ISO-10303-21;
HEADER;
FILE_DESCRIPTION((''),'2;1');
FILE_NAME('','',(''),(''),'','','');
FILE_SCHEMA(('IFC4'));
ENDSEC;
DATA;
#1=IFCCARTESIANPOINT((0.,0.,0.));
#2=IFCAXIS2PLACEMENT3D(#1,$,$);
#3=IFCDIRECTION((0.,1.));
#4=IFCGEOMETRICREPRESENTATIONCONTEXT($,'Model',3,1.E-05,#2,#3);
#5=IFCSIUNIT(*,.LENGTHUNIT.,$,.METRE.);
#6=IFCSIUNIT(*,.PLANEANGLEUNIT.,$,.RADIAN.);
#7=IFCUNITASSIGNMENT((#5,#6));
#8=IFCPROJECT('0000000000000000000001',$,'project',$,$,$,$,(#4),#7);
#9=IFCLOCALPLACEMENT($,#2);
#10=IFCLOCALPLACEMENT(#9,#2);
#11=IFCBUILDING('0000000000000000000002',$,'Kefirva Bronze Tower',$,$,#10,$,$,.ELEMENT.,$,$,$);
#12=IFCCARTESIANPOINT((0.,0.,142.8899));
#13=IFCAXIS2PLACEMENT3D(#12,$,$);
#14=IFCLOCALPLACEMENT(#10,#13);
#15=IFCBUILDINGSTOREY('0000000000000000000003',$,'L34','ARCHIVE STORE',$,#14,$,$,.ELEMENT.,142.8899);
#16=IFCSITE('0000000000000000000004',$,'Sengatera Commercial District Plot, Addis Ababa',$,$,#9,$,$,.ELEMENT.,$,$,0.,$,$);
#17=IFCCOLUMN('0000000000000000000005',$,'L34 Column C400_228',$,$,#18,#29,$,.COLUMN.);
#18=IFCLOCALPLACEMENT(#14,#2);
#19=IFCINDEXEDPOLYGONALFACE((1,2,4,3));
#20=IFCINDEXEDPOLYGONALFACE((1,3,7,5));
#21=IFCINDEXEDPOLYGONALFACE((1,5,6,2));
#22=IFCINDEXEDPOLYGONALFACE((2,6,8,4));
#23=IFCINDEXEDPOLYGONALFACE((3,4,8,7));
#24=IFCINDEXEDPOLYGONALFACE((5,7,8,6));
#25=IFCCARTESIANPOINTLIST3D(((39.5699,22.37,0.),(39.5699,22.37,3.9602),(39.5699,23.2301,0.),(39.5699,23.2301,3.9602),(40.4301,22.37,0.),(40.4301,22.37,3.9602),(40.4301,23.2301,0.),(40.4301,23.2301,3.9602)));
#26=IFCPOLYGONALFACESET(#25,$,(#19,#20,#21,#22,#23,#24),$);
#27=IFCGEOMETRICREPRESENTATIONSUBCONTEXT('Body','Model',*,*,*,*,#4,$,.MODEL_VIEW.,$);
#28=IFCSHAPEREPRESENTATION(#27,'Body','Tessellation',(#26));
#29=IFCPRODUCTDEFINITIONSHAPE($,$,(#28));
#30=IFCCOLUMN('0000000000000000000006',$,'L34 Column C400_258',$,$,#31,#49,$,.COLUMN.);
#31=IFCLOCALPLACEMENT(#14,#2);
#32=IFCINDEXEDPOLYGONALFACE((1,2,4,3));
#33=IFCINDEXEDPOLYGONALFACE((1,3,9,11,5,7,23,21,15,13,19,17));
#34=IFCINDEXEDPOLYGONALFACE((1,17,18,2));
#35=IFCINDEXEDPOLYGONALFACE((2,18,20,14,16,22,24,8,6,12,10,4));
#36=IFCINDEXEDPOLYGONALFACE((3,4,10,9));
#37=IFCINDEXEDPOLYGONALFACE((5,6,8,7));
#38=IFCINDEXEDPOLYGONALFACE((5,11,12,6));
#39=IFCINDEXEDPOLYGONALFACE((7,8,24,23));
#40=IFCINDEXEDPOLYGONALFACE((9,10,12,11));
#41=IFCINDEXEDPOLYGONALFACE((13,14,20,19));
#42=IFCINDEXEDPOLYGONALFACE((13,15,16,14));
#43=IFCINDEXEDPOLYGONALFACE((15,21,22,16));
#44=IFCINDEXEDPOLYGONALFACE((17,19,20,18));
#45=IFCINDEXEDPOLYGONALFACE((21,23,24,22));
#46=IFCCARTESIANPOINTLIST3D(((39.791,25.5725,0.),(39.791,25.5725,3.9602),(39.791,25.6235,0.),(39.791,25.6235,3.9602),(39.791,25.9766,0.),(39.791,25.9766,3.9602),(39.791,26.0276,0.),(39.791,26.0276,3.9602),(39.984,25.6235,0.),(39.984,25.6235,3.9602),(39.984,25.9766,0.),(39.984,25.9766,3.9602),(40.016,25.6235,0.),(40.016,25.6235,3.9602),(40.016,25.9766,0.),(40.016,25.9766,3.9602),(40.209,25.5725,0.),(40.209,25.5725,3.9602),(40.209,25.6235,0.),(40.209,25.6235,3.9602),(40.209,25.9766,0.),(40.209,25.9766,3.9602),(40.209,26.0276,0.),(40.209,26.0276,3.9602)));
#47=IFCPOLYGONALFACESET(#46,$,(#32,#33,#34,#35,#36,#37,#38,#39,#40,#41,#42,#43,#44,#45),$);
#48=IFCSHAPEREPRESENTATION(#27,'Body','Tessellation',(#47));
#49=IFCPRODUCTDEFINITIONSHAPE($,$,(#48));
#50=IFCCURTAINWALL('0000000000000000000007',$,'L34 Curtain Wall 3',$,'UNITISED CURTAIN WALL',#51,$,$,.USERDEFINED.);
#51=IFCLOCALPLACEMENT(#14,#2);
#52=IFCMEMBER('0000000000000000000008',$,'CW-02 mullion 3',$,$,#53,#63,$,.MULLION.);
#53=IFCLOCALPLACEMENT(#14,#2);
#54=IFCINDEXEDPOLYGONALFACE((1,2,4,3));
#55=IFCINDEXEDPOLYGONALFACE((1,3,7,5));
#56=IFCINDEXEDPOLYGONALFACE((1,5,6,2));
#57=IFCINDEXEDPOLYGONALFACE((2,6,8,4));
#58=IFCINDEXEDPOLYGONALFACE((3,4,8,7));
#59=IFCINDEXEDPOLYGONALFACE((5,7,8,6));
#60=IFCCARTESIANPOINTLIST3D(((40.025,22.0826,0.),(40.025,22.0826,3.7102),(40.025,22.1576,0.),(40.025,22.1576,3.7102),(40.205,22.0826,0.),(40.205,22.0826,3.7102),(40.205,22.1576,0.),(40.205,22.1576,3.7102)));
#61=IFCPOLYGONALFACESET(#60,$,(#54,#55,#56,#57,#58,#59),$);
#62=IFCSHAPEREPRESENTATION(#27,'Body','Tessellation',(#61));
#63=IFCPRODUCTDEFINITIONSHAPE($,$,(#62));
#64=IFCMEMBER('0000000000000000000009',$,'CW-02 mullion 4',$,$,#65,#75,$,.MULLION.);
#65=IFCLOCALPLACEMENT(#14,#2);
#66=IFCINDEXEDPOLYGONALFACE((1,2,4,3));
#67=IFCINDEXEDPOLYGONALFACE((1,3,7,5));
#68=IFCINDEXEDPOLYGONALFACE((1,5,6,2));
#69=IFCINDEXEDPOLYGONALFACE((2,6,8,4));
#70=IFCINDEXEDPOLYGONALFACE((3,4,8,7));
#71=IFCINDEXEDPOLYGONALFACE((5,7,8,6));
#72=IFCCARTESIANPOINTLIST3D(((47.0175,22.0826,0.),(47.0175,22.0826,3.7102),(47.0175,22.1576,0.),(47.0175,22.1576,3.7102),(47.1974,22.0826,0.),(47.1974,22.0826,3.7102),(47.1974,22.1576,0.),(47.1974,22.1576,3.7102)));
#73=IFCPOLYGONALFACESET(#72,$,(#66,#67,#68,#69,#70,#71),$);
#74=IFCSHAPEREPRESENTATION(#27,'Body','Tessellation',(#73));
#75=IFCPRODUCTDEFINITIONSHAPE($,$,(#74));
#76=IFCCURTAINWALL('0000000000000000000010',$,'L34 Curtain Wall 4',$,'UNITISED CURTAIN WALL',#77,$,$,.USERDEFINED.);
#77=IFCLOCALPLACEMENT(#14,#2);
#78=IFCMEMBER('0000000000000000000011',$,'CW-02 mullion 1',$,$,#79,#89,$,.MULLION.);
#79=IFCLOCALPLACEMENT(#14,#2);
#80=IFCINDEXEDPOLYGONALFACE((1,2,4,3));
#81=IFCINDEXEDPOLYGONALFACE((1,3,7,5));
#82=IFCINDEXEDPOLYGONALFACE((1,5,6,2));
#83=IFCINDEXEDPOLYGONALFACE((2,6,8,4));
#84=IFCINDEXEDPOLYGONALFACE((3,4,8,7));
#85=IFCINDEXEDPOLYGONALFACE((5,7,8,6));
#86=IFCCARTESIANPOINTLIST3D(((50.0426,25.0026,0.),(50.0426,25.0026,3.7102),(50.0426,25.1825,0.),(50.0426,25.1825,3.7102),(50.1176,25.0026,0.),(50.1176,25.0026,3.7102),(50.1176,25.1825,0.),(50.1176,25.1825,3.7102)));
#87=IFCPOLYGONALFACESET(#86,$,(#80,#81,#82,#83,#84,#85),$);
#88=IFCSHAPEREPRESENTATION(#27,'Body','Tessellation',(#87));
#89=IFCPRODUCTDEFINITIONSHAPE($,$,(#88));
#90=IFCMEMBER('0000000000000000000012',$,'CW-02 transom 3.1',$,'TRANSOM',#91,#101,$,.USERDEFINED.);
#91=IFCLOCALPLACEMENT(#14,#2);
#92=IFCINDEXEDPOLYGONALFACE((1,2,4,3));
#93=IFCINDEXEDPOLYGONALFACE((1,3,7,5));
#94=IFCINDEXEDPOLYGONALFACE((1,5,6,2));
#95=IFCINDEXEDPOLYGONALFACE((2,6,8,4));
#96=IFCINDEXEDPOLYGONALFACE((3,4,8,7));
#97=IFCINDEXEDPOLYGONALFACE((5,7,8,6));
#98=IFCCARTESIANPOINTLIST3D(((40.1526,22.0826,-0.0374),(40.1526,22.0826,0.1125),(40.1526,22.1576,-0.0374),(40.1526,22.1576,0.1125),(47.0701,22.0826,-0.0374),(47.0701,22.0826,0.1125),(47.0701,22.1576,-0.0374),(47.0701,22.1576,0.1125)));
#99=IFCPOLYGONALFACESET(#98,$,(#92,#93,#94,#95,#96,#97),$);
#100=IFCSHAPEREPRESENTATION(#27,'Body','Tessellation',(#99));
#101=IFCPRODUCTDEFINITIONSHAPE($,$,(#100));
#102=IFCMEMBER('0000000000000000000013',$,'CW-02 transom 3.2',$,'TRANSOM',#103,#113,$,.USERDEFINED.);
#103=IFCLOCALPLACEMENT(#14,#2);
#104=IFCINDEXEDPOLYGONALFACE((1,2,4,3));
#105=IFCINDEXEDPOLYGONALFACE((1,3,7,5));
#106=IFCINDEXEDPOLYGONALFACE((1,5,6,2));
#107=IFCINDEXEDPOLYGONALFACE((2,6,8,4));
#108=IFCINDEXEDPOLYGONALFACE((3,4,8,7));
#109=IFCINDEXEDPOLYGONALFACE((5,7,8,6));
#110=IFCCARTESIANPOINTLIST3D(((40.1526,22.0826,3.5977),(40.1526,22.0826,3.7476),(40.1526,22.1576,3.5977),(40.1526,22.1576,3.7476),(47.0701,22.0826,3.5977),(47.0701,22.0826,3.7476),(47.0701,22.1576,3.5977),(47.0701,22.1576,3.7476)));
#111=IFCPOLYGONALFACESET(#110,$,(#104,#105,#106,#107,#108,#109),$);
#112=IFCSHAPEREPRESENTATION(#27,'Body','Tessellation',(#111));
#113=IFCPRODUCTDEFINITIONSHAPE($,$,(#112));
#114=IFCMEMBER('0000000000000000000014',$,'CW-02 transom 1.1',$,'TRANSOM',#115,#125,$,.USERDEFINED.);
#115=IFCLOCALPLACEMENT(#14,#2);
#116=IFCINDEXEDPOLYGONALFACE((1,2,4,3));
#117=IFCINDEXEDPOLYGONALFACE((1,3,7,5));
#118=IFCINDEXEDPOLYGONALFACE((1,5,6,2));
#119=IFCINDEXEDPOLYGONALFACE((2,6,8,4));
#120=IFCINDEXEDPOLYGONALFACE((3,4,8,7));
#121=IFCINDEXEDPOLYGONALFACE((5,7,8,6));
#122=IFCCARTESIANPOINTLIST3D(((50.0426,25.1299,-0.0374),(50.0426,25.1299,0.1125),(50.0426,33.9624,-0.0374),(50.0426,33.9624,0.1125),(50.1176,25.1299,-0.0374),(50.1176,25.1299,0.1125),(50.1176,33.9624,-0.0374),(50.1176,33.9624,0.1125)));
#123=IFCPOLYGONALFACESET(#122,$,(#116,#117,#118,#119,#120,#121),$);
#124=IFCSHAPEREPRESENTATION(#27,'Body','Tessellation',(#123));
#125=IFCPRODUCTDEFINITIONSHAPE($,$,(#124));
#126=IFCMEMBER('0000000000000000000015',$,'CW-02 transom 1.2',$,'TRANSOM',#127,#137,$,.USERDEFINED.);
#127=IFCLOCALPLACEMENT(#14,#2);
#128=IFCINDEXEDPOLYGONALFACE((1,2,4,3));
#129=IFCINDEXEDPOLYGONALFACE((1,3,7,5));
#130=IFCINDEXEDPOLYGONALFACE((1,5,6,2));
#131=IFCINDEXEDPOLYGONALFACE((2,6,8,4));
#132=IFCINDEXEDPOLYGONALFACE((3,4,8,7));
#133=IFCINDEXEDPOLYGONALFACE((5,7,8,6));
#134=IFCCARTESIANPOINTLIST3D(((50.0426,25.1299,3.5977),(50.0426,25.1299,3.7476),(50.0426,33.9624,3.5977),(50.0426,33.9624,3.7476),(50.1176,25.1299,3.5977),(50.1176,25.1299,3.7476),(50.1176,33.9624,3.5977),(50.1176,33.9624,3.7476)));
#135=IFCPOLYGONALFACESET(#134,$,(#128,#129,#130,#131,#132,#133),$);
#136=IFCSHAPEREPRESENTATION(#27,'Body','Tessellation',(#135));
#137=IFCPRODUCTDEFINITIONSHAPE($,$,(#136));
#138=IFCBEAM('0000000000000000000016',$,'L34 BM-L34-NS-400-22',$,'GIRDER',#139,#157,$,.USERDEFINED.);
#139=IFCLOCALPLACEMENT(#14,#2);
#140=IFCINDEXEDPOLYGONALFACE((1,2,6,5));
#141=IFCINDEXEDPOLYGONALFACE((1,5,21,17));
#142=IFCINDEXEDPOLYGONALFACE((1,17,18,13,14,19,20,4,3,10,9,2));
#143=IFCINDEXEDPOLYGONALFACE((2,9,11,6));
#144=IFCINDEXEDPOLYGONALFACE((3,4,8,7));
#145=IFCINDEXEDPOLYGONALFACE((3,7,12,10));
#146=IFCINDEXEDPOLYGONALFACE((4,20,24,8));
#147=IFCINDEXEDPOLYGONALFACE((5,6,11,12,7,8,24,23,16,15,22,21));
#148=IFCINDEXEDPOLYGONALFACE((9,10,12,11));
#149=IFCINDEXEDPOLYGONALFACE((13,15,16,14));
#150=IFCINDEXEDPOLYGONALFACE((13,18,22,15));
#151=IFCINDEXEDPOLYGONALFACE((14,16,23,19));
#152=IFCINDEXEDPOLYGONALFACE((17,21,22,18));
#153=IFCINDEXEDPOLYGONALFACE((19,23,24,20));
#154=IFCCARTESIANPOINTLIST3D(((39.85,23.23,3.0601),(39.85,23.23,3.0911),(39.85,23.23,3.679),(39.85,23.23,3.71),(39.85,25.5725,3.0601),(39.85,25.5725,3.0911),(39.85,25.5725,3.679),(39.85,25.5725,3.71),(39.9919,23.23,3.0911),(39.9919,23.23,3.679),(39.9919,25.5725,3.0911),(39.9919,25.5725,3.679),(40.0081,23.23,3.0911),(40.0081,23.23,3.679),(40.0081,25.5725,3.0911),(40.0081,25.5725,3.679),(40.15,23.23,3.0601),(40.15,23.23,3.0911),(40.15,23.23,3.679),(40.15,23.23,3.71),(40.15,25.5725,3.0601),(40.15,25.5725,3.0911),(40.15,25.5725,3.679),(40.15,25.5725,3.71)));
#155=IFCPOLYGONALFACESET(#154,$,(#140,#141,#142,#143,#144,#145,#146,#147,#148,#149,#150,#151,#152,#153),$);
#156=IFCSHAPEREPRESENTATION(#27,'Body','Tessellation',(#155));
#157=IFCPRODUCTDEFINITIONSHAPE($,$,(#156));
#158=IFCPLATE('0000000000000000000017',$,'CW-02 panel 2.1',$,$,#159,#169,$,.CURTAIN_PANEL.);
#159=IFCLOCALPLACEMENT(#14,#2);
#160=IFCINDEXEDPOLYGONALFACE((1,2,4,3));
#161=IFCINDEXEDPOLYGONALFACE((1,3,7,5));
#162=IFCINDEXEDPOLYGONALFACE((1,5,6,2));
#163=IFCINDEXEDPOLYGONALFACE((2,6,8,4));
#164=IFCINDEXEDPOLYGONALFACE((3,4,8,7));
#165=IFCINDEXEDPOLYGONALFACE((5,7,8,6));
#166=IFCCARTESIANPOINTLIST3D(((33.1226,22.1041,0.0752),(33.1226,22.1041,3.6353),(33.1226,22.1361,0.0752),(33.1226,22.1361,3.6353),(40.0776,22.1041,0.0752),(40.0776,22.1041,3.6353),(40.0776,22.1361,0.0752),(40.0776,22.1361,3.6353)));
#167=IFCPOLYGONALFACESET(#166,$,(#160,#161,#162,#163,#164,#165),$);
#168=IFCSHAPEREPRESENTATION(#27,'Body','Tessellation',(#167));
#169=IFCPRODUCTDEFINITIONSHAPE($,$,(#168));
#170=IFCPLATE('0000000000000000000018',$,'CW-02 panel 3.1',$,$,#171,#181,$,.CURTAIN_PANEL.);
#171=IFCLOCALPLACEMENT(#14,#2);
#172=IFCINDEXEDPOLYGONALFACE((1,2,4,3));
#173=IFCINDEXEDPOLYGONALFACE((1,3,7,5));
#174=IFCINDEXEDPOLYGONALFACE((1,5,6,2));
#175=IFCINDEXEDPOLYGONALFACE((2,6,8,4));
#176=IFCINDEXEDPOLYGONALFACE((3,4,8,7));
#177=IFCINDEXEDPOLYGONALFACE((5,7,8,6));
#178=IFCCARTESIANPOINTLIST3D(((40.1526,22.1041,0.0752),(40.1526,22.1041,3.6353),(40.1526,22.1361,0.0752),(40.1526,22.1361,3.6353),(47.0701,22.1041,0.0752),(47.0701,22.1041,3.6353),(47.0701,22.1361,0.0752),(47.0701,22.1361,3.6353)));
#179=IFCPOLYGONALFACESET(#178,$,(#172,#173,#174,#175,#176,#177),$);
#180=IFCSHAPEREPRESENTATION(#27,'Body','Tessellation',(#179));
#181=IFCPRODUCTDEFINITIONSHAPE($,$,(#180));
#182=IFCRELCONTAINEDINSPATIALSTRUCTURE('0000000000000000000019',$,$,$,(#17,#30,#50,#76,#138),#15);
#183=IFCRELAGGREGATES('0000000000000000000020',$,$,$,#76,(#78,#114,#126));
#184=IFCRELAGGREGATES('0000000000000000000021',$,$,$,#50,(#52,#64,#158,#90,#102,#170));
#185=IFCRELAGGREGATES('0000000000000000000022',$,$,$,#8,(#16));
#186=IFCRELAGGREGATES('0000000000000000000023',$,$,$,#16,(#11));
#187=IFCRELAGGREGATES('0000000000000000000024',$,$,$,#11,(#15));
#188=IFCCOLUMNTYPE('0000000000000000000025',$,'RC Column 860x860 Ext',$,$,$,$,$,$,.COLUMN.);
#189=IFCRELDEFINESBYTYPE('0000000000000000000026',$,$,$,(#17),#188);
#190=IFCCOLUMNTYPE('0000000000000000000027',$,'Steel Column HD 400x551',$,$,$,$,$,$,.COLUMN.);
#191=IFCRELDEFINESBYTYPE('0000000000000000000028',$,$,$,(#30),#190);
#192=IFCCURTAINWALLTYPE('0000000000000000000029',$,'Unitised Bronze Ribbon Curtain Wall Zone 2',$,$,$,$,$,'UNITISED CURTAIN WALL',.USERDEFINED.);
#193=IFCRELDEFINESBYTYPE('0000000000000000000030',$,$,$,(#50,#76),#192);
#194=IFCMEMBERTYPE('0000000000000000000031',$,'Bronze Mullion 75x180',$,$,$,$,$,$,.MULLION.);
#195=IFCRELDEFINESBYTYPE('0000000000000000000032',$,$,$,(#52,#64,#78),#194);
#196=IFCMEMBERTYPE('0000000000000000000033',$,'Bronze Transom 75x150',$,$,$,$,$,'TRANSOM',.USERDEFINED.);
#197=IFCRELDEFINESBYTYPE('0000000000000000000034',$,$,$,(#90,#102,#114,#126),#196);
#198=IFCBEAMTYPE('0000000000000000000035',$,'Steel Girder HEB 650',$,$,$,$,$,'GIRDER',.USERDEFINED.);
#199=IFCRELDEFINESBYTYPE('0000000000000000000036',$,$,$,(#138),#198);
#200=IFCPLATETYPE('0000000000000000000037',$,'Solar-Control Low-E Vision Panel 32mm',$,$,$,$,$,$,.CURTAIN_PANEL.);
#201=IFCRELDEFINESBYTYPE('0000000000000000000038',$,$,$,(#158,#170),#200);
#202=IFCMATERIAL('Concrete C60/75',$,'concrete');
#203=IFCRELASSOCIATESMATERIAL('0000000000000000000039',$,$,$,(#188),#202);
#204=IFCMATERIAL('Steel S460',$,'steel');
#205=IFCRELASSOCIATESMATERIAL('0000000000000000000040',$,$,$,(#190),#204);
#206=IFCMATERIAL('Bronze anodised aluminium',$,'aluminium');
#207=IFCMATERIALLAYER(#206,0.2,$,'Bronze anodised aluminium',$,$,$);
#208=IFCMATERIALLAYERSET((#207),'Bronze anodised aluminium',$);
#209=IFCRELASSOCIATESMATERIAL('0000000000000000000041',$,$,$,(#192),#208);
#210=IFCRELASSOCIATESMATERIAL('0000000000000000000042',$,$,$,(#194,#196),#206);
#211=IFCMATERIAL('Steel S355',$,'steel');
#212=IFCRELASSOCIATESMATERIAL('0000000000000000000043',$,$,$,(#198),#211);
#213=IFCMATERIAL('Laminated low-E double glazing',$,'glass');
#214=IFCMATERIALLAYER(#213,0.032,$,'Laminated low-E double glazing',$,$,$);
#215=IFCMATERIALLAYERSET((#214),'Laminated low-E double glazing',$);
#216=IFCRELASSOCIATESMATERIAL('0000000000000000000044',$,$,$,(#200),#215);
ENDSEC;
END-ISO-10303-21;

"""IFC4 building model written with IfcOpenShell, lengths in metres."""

from ifc_helpers import new_model, si_unit, direction, frame, origin, origin_2d, place, context, subcontext, project, spatial, rectangle, i_section, extrude, material, layer, layer_set, material_profile, profile_set, type_object, element, aggregate, save


model = new_model("IFC4")

# Units and contexts
model_context = context("Model", 3, precision=1e-05, world=origin(), true_north=direction((0.0, 1.0)))
body_context = subcontext(model_context, "Body", "Model", "MODEL_VIEW")
ifc_project = project(units=[si_unit("LENGTHUNIT", "METRE"), si_unit("PLANEANGLEUNIT", "RADIAN")], contexts=[model_context])

# Site, building, storey
site_placement = place(None, origin())
site = spatial("IfcSite", under=ifc_project, at=site_placement, Name="Sengatera Commercial District Plot, Addis Ababa", CompositionType="ELEMENT", RefElevation=0.0)
building_placement = place(site_placement, origin())
building = spatial("IfcBuilding", under=site, at=building_placement, Name="Kefirva Bronze Tower", CompositionType="ELEMENT")
storey_placement = place(building_placement, frame((0.0, 0.0, 142.8899)))
storey = spatial("IfcBuildingStorey", under=building, at=storey_placement, Name="L34", Description="ARCHIVE STORE", CompositionType="ELEMENT", Elevation=142.8899)

# Columns
ifc_material_1 = material(Name="Concrete C60/75", Category="concrete")
ifc_material_profile_1 = material_profile(ifc_material_1, rectangle(XDim=0.8601, YDim=0.8601, at=origin_2d()), Name="RC 860x860")
ifc_profile_set_1 = profile_set([ifc_material_profile_1], Name="Concrete C60/75")
column_type_1 = type_object("IfcColumnType", Name="RC Column 860x860 Ext", PredefinedType="COLUMN", material=ifc_profile_set_1)
column_1_placement = place(storey_placement, frame((40.0, 22.8, 0.0), z_axis=(0.0, 0.0, 1.0), x_axis=(1.0, 0.0, 0.0)))
element("IfcColumn", 1, at=column_1_placement, inside=storey, type_object=column_type_1, Name="L34 Column C400_228", PredefinedType="COLUMN", context=body_context, shape_type="SweptSolid", body=[
    extrude(rectangle(XDim=0.8601, YDim=0.8601, at=origin_2d()), origin(), (0.0, 0.0, 1.0), 3.9602),
])
ifc_material_2 = material(Name="Steel S460", Category="steel")
ifc_material_profile_2 = material_profile(ifc_material_2, i_section(OverallWidth=0.418, OverallDepth=0.4551, WebThickness=0.032, FlangeThickness=0.051, at=origin_2d()), Name="HD 400x551")
ifc_profile_set_2 = profile_set([ifc_material_profile_2], Name="Steel S460")
column_type_2 = type_object("IfcColumnType", Name="Steel Column HD 400x551", PredefinedType="COLUMN", material=ifc_profile_set_2)
column_2_placement = place(storey_placement, frame((40.0, 25.8, 0.0), z_axis=(0.0, 0.0, 1.0), x_axis=(1.0, 0.0, 0.0)))
element("IfcColumn", 2, at=column_2_placement, inside=storey, type_object=column_type_2, Name="L34 Column C400_258", PredefinedType="COLUMN", context=body_context, shape_type="SweptSolid", body=[
    extrude(i_section(OverallWidth=0.418, OverallDepth=0.4551, WebThickness=0.032, FlangeThickness=0.051, at=origin_2d()), origin(), (0.0, 0.0, 1.0), 3.9602),
])

# Curtain wall, members
ifc_material_3 = material(Name="Bronze anodised aluminium", Category="aluminium")
ifc_layer_1 = layer(ifc_material_3, 0.2, Name="Bronze anodised aluminium")
ifc_layer_set_1 = layer_set([ifc_layer_1], Name="Bronze anodised aluminium")
curtain_wall_type = type_object("IfcCurtainWallType", Name="Unitised Bronze Ribbon Curtain Wall Zone 2", ElementType="UNITISED CURTAIN WALL", PredefinedType="USERDEFINED", material=ifc_layer_set_1)
curtain_wall_1_placement = place(storey_placement, origin())
curtain_wall_1 = element("IfcCurtainWall", 3, at=curtain_wall_1_placement, inside=storey, type_object=curtain_wall_type, Name="L34 Curtain Wall 3", ObjectType="UNITISED CURTAIN WALL", PredefinedType="USERDEFINED")
ifc_material_profile_3 = material_profile(ifc_material_3, rectangle(XDim=0.075, YDim=0.1799, at=origin_2d()), Name="ALU 75x180")
ifc_profile_set_3 = profile_set([ifc_material_profile_3], Name="Bronze anodised aluminium")
member_type_1 = type_object("IfcMemberType", Name="Bronze Mullion 75x180", PredefinedType="MULLION", material=ifc_profile_set_3)
member_1_placement = place(storey_placement, frame((40.115, 22.1201, 0.0), z_axis=(0.0, 0.0, 1.0), x_axis=(0.0, 1.0, 0.0)))
member_1 = element("IfcMember", 4, at=member_1_placement, type_object=member_type_1, Name="CW-02 mullion 3", PredefinedType="MULLION", context=body_context, shape_type="SweptSolid", body=[
    extrude(rectangle(XDim=0.075, YDim=0.1799, at=origin_2d()), origin(), (0.0, 0.0, 1.0), 3.7102),
])
member_2_placement = place(storey_placement, frame((47.1074, 22.1201, 0.0), z_axis=(0.0, 0.0, 1.0), x_axis=(0.0, 1.0, 0.0)))
member_2 = element("IfcMember", 5, at=member_2_placement, type_object=member_type_1, Name="CW-02 mullion 4", PredefinedType="MULLION", context=body_context, shape_type="SweptSolid", body=[
    extrude(rectangle(XDim=0.075, YDim=0.1799, at=origin_2d()), origin(), (0.0, 0.0, 1.0), 3.7102),
])

# Curtain wall, member
curtain_wall_2_placement = place(storey_placement, origin())
curtain_wall_2 = element("IfcCurtainWall", 6, at=curtain_wall_2_placement, inside=storey, type_object=curtain_wall_type, Name="L34 Curtain Wall 4", ObjectType="UNITISED CURTAIN WALL", PredefinedType="USERDEFINED")
member_3_placement = place(storey_placement, frame((50.0801, 25.0925, 0.0), z_axis=(0.0, 0.0, 1.0), x_axis=(-1.0, 0.0, 0.0)))
member_3 = element("IfcMember", 7, at=member_3_placement, type_object=member_type_1, Name="CW-02 mullion 1", PredefinedType="MULLION", context=body_context, shape_type="SweptSolid", body=[
    extrude(rectangle(XDim=0.075, YDim=0.1799, at=origin_2d()), origin(), (0.0, 0.0, 1.0), 3.7102),
])

# Members
ifc_material_profile_4 = material_profile(ifc_material_3, rectangle(XDim=0.075, YDim=0.1499, at=origin_2d()), Name="ALU 75x150")
ifc_profile_set_4 = profile_set([ifc_material_profile_4], Name="Bronze anodised aluminium")
member_type_2 = type_object("IfcMemberType", Name="Bronze Transom 75x150", ElementType="TRANSOM", PredefinedType="USERDEFINED", material=ifc_profile_set_4)
member_4_placement = place(storey_placement, frame((40.1526, 22.1201, 0.0376), z_axis=(1.0, 0.0, 0.0), x_axis=(0.0, 1.0, 0.0)))
member_4 = element("IfcMember", 8, at=member_4_placement, type_object=member_type_2, Name="CW-02 transom 3.1", ObjectType="TRANSOM", PredefinedType="USERDEFINED", context=body_context, shape_type="SweptSolid", body=[
    extrude(rectangle(XDim=0.075, YDim=0.1499, at=origin_2d()), origin(), (0.0, 0.0, 1.0), 6.9175),
])
member_5_placement = place(storey_placement, frame((40.1526, 22.1201, 3.6726), z_axis=(1.0, 0.0, 0.0), x_axis=(0.0, 1.0, 0.0)))
member_5 = element("IfcMember", 9, at=member_5_placement, type_object=member_type_2, Name="CW-02 transom 3.2", ObjectType="TRANSOM", PredefinedType="USERDEFINED", context=body_context, shape_type="SweptSolid", body=[
    extrude(rectangle(XDim=0.075, YDim=0.1499, at=origin_2d()), origin(), (0.0, 0.0, 1.0), 6.9175),
])
member_6_placement = place(storey_placement, frame((50.0801, 25.1299, 0.0376), z_axis=(0.0, 1.0, 0.0), x_axis=(-1.0, 0.0, 0.0)))
member_6 = element("IfcMember", 10, at=member_6_placement, type_object=member_type_2, Name="CW-02 transom 1.1", ObjectType="TRANSOM", PredefinedType="USERDEFINED", context=body_context, shape_type="SweptSolid", body=[
    extrude(rectangle(XDim=0.075, YDim=0.1499, at=origin_2d()), origin(), (0.0, 0.0, 1.0), 8.8325),
])
member_7_placement = place(storey_placement, frame((50.0801, 25.1299, 3.6726), z_axis=(0.0, 1.0, 0.0), x_axis=(-1.0, 0.0, 0.0)))
member_7 = element("IfcMember", 11, at=member_7_placement, type_object=member_type_2, Name="CW-02 transom 1.2", ObjectType="TRANSOM", PredefinedType="USERDEFINED", context=body_context, shape_type="SweptSolid", body=[
    extrude(rectangle(XDim=0.075, YDim=0.1499, at=origin_2d()), origin(), (0.0, 0.0, 1.0), 8.8325),
])
aggregate(curtain_wall_2, [member_3, member_6, member_7])

# Beam
ifc_material_4 = material(Name="Steel S355", Category="steel")
ifc_material_profile_5 = material_profile(ifc_material_4, i_section(OverallWidth=0.3, OverallDepth=0.6499, WebThickness=0.0161, FlangeThickness=0.031, at=origin_2d()), Name="HEB 650")
ifc_profile_set_5 = profile_set([ifc_material_profile_5], Name="Steel S355")
beam_type = type_object("IfcBeamType", Name="Steel Girder HEB 650", ElementType="GIRDER", PredefinedType="USERDEFINED", material=ifc_profile_set_5)
beam_placement = place(storey_placement, frame((40.0, 23.23, 3.385), z_axis=(0.0, 1.0, 0.0), x_axis=(-1.0, 0.0, 0.0)))
element("IfcBeam", 12, at=beam_placement, inside=storey, type_object=beam_type, Name="L34 BM-L34-NS-400-22", ObjectType="GIRDER", PredefinedType="USERDEFINED", context=body_context, shape_type="SweptSolid", body=[
    extrude(i_section(OverallWidth=0.3, OverallDepth=0.6499, WebThickness=0.0161, FlangeThickness=0.031, at=origin_2d()), origin(), (0.0, 0.0, 1.0), 2.3425),
])

# Plates
ifc_material_5 = material(Name="Laminated low-E double glazing", Category="glass")
ifc_layer_2 = layer(ifc_material_5, 0.032, Name="Laminated low-E double glazing")
ifc_layer_set_2 = layer_set([ifc_layer_2], Name="Laminated low-E double glazing")
plate_type = type_object("IfcPlateType", Name="Solar-Control Low-E Vision Panel 32mm", PredefinedType="CURTAIN_PANEL", material=ifc_layer_set_2)
plate_1_placement = place(storey_placement, frame((36.6001, 22.1201, 0.0752), z_axis=(0.0, 0.0, 1.0), x_axis=(1.0, 0.0, 0.0)))
plate_1 = element("IfcPlate", 13, at=plate_1_placement, type_object=plate_type, Name="CW-02 panel 2.1", PredefinedType="CURTAIN_PANEL", context=body_context, shape_type="SweptSolid", body=[
    extrude(rectangle(XDim=6.9551, YDim=0.032, at=origin_2d()), origin(), (0.0, 0.0, 1.0), 3.5601),
])
plate_2_placement = place(storey_placement, frame((43.6113, 22.1201, 0.0752), z_axis=(0.0, 0.0, 1.0), x_axis=(1.0, 0.0, 0.0)))
plate_2 = element("IfcPlate", 14, at=plate_2_placement, type_object=plate_type, Name="CW-02 panel 3.1", PredefinedType="CURTAIN_PANEL", context=body_context, shape_type="SweptSolid", body=[
    extrude(rectangle(XDim=6.9175, YDim=0.032, at=origin_2d()), origin(), (0.0, 0.0, 1.0), 3.5601),
])
aggregate(curtain_wall_1, [member_1, member_2, plate_1, member_4, member_5, plate_2])

save(model, "model.ifc")
